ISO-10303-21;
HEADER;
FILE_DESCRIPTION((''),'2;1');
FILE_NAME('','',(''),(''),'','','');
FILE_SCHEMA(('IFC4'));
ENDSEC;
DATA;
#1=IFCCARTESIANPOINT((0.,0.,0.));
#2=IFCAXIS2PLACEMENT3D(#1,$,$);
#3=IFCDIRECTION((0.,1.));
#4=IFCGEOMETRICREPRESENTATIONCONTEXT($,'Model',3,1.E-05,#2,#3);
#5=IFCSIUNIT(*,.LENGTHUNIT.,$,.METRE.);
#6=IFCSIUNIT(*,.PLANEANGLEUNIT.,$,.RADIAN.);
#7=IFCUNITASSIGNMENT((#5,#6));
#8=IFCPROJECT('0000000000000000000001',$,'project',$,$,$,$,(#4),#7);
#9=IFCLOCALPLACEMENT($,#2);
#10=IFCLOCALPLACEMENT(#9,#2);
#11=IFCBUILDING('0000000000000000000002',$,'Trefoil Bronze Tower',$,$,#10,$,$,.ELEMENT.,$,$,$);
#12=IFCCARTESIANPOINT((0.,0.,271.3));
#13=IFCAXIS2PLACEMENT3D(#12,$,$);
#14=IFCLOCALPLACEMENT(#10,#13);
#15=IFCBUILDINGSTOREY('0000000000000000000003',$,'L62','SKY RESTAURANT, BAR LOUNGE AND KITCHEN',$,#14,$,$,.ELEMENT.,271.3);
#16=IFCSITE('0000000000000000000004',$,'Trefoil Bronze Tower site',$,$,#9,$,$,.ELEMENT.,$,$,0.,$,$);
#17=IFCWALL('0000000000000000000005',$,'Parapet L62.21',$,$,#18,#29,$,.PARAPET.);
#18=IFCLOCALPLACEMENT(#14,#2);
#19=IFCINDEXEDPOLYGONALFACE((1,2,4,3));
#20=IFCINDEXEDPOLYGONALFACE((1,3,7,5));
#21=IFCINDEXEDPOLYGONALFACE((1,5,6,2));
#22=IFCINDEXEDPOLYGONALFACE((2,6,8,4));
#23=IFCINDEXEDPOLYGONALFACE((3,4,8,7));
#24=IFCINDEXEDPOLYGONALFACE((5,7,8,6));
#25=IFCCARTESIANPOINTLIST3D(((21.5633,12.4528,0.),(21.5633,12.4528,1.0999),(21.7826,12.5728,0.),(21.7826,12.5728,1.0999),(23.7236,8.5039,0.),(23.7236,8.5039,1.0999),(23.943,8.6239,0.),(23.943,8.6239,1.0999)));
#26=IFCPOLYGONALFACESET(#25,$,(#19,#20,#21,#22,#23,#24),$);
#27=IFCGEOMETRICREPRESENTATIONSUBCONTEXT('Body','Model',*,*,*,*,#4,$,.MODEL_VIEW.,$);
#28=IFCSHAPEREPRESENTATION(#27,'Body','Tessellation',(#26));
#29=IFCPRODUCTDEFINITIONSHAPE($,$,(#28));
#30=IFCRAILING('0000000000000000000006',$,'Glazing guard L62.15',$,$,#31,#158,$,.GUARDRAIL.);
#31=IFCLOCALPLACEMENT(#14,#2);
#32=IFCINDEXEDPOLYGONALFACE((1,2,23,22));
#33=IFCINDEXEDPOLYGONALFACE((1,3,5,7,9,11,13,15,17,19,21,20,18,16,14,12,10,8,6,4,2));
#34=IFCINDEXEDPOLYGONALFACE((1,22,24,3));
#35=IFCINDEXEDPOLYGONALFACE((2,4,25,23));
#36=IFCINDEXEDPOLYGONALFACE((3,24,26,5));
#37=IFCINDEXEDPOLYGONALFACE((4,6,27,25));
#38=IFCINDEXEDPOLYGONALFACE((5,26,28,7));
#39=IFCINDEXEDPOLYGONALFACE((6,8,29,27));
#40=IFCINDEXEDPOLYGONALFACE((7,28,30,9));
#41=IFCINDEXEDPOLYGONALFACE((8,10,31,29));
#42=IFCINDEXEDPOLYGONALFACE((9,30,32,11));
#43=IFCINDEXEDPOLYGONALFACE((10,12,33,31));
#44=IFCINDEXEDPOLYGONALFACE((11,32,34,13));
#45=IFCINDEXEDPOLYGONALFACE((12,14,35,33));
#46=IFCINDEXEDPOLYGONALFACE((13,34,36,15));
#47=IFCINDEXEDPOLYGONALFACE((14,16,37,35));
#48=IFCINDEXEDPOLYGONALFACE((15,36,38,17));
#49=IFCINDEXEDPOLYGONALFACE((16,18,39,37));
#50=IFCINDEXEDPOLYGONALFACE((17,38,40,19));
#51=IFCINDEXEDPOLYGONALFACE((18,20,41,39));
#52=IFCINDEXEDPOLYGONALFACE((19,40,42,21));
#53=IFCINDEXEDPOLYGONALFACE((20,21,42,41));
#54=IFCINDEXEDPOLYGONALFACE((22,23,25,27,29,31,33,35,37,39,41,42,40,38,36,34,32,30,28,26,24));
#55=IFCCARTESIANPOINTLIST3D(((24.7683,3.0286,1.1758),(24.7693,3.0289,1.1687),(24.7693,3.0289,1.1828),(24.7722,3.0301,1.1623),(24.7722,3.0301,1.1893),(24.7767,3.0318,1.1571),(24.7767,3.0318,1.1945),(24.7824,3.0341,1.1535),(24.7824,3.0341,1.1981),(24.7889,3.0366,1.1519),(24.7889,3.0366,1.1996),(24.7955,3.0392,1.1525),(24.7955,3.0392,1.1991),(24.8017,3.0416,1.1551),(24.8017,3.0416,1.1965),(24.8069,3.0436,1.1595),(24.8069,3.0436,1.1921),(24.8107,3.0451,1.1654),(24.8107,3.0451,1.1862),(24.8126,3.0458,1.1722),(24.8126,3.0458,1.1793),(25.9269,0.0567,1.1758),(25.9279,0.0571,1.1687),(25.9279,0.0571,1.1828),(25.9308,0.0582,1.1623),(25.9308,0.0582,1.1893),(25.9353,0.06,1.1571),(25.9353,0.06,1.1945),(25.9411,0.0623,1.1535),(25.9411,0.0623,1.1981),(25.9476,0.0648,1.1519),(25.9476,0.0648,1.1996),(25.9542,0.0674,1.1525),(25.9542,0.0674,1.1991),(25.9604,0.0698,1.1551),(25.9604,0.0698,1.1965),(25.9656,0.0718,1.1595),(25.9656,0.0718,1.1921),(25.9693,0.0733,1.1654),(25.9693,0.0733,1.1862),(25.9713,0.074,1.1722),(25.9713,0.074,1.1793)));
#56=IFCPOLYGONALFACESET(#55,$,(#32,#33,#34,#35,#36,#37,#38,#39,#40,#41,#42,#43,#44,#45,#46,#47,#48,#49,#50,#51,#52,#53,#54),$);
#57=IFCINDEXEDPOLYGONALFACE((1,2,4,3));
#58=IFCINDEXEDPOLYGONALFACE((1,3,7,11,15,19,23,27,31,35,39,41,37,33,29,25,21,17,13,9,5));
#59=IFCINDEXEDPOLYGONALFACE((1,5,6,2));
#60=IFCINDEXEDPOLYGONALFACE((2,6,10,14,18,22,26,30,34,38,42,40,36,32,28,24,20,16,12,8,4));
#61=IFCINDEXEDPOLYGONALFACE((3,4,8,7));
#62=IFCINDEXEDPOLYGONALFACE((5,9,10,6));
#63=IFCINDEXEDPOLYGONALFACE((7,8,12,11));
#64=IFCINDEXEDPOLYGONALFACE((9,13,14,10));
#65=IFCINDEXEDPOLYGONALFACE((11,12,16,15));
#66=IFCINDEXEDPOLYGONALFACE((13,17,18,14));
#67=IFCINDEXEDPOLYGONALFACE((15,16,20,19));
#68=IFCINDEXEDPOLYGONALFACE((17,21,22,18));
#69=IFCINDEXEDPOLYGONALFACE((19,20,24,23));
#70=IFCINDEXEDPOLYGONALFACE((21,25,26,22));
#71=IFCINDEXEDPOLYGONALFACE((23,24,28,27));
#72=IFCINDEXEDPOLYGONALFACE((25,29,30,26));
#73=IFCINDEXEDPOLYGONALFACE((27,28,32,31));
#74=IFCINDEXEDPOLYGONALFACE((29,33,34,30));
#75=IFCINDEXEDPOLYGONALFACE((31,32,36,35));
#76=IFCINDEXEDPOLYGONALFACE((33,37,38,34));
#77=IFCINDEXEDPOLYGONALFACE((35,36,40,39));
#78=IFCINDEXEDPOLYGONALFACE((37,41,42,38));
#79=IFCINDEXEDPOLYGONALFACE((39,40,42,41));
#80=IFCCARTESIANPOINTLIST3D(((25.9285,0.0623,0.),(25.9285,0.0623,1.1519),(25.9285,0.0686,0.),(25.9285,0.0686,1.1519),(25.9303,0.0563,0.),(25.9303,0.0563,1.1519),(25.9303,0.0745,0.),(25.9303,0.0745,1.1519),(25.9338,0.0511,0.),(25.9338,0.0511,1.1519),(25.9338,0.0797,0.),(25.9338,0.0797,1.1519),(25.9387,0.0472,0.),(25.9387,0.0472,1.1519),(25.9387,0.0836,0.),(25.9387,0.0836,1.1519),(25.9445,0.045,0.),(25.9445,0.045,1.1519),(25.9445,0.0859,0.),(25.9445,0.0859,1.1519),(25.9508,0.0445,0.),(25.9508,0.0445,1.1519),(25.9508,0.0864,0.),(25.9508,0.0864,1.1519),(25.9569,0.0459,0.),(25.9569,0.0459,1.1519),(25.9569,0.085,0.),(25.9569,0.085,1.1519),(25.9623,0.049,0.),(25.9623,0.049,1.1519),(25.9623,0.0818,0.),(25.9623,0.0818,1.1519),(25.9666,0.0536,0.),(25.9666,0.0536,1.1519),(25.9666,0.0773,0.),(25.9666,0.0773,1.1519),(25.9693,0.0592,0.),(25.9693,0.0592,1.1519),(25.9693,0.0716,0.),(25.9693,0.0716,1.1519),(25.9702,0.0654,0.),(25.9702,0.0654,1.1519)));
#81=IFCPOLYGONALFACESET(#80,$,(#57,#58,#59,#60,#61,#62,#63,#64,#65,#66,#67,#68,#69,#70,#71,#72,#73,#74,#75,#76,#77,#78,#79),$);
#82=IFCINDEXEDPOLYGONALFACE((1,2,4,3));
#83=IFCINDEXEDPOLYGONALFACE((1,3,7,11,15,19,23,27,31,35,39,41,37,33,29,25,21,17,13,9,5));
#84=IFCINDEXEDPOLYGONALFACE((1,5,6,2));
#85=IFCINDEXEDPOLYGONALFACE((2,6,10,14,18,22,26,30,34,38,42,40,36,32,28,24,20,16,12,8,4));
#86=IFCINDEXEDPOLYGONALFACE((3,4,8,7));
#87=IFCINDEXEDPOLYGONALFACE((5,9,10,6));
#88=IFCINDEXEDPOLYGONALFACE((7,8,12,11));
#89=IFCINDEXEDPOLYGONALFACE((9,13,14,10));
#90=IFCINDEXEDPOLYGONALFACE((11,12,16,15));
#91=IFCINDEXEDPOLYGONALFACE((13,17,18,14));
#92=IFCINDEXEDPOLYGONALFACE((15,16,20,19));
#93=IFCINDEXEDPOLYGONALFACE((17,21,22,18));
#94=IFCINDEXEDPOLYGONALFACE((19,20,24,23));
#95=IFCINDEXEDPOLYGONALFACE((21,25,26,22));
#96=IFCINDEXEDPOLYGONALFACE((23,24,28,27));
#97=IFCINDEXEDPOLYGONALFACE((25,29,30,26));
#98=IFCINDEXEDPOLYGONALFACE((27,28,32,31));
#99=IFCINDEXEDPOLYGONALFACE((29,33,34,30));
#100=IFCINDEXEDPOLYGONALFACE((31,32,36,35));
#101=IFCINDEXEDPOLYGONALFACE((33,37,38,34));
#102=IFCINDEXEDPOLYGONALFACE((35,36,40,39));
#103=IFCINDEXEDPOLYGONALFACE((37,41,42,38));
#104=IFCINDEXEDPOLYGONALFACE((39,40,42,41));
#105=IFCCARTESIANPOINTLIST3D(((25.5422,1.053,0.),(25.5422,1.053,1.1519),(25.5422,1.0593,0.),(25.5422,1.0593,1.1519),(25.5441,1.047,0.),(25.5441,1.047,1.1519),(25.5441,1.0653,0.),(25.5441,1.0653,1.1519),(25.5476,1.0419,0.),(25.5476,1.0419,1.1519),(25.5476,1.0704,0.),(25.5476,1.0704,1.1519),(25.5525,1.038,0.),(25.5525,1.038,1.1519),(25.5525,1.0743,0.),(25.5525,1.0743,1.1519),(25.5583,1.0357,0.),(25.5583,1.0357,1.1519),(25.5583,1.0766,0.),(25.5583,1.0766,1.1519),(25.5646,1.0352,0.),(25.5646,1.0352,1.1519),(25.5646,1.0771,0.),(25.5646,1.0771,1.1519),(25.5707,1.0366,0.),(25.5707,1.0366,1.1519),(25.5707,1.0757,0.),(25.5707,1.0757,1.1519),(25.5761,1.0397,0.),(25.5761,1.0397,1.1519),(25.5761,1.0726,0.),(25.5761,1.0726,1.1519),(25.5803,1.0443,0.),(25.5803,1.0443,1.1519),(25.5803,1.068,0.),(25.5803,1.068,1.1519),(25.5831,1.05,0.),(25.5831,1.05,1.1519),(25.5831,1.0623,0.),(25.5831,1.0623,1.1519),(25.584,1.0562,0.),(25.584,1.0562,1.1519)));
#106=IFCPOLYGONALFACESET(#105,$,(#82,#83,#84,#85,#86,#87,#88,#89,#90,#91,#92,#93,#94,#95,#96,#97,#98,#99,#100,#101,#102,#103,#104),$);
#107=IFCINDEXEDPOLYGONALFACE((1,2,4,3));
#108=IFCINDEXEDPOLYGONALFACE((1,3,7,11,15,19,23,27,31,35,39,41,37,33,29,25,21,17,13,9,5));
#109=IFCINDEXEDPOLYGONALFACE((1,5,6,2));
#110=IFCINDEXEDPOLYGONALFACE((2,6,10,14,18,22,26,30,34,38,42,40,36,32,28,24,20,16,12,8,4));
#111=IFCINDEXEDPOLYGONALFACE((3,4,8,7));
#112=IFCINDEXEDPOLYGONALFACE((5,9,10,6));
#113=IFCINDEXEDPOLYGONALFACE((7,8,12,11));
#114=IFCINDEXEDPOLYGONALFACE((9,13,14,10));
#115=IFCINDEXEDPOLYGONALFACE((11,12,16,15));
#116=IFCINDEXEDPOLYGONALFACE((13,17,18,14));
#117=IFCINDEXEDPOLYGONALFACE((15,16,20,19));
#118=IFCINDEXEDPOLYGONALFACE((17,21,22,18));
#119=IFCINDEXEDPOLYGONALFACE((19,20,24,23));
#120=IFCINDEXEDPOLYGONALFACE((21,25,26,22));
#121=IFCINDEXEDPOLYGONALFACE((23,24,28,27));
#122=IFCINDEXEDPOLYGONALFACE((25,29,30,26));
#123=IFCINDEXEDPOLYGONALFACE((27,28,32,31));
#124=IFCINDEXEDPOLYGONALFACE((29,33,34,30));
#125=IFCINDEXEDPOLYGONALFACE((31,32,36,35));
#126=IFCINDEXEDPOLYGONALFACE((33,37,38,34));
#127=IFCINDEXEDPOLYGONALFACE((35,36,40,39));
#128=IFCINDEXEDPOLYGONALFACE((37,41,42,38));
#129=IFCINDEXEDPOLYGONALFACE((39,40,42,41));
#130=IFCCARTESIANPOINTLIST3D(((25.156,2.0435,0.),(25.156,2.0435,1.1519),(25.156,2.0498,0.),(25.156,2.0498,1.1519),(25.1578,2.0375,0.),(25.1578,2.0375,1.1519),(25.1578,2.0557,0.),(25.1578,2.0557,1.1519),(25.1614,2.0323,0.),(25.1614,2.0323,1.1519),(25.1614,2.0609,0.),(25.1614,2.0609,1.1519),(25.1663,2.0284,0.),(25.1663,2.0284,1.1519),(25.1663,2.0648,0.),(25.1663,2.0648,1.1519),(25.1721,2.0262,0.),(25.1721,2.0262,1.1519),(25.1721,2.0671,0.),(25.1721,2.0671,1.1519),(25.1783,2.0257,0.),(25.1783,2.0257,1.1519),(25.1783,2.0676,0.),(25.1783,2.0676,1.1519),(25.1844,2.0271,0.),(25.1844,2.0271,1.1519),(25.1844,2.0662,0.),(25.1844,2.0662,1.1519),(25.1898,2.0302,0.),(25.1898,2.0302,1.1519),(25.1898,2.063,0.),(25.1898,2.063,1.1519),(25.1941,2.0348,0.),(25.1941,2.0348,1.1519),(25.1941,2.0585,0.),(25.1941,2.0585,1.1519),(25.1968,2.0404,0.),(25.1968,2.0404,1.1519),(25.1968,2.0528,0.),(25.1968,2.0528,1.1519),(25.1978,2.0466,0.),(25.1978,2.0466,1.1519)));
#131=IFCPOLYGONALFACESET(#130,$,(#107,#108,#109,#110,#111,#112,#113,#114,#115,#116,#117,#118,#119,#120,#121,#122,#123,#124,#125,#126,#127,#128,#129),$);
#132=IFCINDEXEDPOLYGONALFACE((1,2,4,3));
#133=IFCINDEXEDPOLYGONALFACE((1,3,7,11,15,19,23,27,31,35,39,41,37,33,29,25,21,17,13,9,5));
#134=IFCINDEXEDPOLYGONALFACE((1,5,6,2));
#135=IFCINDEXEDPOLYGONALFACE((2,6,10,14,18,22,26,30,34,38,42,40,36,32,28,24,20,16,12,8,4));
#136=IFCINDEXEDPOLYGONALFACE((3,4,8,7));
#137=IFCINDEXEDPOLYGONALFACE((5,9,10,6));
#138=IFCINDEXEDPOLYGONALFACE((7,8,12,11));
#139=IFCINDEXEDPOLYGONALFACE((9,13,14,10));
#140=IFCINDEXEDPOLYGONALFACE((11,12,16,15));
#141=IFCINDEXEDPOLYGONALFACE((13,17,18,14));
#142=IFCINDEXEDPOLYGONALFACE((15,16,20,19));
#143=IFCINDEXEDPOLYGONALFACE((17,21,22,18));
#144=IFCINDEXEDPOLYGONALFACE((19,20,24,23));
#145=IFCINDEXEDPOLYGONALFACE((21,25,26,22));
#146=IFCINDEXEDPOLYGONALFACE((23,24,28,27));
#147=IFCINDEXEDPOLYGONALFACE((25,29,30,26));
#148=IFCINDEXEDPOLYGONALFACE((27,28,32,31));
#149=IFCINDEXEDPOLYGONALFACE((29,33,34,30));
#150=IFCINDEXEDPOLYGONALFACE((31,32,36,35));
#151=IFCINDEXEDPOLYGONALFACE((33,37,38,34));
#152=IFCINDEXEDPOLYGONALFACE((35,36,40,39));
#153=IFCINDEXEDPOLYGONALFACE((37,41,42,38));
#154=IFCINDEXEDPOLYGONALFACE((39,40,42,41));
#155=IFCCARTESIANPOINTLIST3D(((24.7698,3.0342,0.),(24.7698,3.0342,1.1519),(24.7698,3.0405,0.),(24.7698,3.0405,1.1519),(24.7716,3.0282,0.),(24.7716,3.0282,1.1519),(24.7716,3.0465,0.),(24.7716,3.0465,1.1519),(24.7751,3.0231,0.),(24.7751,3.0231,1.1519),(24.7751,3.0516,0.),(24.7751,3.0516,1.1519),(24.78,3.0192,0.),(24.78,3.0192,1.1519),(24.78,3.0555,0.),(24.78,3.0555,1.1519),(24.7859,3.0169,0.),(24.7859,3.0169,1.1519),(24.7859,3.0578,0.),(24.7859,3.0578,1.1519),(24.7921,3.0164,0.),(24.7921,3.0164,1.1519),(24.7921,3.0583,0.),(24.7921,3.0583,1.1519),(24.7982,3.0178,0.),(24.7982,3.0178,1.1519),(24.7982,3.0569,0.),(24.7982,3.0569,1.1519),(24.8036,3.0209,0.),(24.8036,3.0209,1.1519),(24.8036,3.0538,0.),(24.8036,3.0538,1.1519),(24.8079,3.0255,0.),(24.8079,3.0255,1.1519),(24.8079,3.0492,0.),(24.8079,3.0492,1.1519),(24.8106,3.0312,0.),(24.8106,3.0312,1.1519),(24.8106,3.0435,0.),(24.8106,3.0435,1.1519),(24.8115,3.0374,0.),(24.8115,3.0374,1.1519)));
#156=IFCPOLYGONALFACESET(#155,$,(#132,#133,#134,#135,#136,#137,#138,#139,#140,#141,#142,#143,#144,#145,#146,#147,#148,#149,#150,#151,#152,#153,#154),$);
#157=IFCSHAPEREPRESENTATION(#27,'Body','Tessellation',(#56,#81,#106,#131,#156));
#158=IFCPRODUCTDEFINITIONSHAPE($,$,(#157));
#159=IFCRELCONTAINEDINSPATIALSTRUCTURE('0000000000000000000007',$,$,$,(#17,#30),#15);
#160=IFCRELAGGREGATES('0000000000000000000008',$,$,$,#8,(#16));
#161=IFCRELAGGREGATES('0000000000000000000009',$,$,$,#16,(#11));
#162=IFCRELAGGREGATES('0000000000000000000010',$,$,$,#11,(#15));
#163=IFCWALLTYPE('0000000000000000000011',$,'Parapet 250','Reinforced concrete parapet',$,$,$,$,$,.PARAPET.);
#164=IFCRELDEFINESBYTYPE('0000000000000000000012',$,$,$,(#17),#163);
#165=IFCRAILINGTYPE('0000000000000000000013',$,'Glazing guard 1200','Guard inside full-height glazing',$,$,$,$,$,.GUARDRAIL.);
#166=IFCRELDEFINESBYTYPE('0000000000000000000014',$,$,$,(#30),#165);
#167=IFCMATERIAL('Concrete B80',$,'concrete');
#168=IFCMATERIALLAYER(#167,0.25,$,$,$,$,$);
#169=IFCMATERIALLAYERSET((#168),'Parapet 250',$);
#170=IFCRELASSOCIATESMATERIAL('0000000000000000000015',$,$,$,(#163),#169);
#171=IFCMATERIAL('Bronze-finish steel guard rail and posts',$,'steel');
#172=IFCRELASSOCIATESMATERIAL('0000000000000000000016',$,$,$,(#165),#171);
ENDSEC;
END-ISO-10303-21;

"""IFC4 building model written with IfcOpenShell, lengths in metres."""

from ifc_helpers import new_model, si_unit, direction, frame, frame_2d, origin, origin_2d, place, context, subcontext, project, spatial, rectangle, circle, extrude, material, layer, layer_set, type_object, element, save


model = new_model("IFC4")

# Units and contexts
model_context = context("Model", 3, precision=1e-05, world=origin(), true_north=direction((0.0, 1.0)))
body_context = subcontext(model_context, "Body", "Model", "MODEL_VIEW")
ifc_project = project(units=[si_unit("LENGTHUNIT", "METRE"), si_unit("PLANEANGLEUNIT", "RADIAN")], contexts=[model_context])

# Site, building, storey
site_placement = place(None, origin())
site = spatial("IfcSite", under=ifc_project, at=site_placement, Name="Trefoil Bronze Tower site", CompositionType="ELEMENT", RefElevation=0.0)
building_placement = place(site_placement, origin())
building = spatial("IfcBuilding", under=site, at=building_placement, Name="Trefoil Bronze Tower", CompositionType="ELEMENT")
storey_placement = place(building_placement, frame((0.0, 0.0, 271.3)))
storey = spatial("IfcBuildingStorey", under=building, at=storey_placement, Name="L62", Description="SKY RESTAURANT, BAR LOUNGE AND KITCHEN", CompositionType="ELEMENT", Elevation=271.3)

# Wall
ifc_material_1 = material(Name="Concrete B80", Category="concrete")
ifc_layer_1 = layer(ifc_material_1, 0.25)
ifc_layer_set_1 = layer_set([ifc_layer_1], Name="Parapet 250")
wall_type_1 = type_object("IfcWallType", Name="Parapet 250", Description="Reinforced concrete parapet", PredefinedType="PARAPET", material=ifc_layer_set_1)
wall_1_placement = place(storey_placement, frame((23.8333, 8.564, 0.0), z_axis=(0.0, 0.0, 1.0), x_axis=(-0.47995, 0.877296, 0.0)))
element("IfcWall", 1, at=wall_1_placement, inside=storey, type_object=wall_type_1, Name="Parapet L62.21", PredefinedType="PARAPET", context=body_context, shape_type="SweptSolid", body=[
    extrude(rectangle(XDim=4.5012, YDim=0.25, at=frame_2d((2.2505, 0.0))), origin(), (0.0, 0.0, 1.0), 1.0999),
])

# Railing
ifc_material_2 = material(Name="Bronze-finish steel guard rail and posts", Category="steel")
railing_type = type_object("IfcRailingType", Name="Glazing guard 1200", Description="Guard inside full-height glazing", PredefinedType="GUARDRAIL", material=ifc_material_2)
railing_1_placement = place(storey_placement, frame((25.9492, 0.0654, 0.0)))
element("IfcRailing", 2, at=railing_1_placement, inside=storey, type_object=railing_type, Name="Glazing guard L62.15", PredefinedType="GUARDRAIL", context=body_context, shape_type="SweptSolid", body=[
    extrude(circle(Radius=0.0239, at=origin_2d()), frame((0.0, 0.0, 1.1758), z_axis=(-0.363248, 0.931693, 0.0), x_axis=(-0.931693, -0.363248, 0.0)), (0.0, 0.0, 1.0), 3.1897),
    extrude(circle(Radius=0.021, at=origin_2d()), origin(), (0.0, 0.0, 1.0), 1.1519),
    extrude(circle(Radius=0.021, at=origin_2d()), frame((-0.3862, 0.9907, 0.0)), (0.0, 0.0, 1.0), 1.1519),
    extrude(circle(Radius=0.021, at=origin_2d()), frame((-0.7725, 1.9812, 0.0)), (0.0, 0.0, 1.0), 1.1519),
    extrude(circle(Radius=0.021, at=origin_2d()), frame((-1.1587, 2.9719, 0.0)), (0.0, 0.0, 1.0), 1.1519),
])

save(model, "model.ifc")
